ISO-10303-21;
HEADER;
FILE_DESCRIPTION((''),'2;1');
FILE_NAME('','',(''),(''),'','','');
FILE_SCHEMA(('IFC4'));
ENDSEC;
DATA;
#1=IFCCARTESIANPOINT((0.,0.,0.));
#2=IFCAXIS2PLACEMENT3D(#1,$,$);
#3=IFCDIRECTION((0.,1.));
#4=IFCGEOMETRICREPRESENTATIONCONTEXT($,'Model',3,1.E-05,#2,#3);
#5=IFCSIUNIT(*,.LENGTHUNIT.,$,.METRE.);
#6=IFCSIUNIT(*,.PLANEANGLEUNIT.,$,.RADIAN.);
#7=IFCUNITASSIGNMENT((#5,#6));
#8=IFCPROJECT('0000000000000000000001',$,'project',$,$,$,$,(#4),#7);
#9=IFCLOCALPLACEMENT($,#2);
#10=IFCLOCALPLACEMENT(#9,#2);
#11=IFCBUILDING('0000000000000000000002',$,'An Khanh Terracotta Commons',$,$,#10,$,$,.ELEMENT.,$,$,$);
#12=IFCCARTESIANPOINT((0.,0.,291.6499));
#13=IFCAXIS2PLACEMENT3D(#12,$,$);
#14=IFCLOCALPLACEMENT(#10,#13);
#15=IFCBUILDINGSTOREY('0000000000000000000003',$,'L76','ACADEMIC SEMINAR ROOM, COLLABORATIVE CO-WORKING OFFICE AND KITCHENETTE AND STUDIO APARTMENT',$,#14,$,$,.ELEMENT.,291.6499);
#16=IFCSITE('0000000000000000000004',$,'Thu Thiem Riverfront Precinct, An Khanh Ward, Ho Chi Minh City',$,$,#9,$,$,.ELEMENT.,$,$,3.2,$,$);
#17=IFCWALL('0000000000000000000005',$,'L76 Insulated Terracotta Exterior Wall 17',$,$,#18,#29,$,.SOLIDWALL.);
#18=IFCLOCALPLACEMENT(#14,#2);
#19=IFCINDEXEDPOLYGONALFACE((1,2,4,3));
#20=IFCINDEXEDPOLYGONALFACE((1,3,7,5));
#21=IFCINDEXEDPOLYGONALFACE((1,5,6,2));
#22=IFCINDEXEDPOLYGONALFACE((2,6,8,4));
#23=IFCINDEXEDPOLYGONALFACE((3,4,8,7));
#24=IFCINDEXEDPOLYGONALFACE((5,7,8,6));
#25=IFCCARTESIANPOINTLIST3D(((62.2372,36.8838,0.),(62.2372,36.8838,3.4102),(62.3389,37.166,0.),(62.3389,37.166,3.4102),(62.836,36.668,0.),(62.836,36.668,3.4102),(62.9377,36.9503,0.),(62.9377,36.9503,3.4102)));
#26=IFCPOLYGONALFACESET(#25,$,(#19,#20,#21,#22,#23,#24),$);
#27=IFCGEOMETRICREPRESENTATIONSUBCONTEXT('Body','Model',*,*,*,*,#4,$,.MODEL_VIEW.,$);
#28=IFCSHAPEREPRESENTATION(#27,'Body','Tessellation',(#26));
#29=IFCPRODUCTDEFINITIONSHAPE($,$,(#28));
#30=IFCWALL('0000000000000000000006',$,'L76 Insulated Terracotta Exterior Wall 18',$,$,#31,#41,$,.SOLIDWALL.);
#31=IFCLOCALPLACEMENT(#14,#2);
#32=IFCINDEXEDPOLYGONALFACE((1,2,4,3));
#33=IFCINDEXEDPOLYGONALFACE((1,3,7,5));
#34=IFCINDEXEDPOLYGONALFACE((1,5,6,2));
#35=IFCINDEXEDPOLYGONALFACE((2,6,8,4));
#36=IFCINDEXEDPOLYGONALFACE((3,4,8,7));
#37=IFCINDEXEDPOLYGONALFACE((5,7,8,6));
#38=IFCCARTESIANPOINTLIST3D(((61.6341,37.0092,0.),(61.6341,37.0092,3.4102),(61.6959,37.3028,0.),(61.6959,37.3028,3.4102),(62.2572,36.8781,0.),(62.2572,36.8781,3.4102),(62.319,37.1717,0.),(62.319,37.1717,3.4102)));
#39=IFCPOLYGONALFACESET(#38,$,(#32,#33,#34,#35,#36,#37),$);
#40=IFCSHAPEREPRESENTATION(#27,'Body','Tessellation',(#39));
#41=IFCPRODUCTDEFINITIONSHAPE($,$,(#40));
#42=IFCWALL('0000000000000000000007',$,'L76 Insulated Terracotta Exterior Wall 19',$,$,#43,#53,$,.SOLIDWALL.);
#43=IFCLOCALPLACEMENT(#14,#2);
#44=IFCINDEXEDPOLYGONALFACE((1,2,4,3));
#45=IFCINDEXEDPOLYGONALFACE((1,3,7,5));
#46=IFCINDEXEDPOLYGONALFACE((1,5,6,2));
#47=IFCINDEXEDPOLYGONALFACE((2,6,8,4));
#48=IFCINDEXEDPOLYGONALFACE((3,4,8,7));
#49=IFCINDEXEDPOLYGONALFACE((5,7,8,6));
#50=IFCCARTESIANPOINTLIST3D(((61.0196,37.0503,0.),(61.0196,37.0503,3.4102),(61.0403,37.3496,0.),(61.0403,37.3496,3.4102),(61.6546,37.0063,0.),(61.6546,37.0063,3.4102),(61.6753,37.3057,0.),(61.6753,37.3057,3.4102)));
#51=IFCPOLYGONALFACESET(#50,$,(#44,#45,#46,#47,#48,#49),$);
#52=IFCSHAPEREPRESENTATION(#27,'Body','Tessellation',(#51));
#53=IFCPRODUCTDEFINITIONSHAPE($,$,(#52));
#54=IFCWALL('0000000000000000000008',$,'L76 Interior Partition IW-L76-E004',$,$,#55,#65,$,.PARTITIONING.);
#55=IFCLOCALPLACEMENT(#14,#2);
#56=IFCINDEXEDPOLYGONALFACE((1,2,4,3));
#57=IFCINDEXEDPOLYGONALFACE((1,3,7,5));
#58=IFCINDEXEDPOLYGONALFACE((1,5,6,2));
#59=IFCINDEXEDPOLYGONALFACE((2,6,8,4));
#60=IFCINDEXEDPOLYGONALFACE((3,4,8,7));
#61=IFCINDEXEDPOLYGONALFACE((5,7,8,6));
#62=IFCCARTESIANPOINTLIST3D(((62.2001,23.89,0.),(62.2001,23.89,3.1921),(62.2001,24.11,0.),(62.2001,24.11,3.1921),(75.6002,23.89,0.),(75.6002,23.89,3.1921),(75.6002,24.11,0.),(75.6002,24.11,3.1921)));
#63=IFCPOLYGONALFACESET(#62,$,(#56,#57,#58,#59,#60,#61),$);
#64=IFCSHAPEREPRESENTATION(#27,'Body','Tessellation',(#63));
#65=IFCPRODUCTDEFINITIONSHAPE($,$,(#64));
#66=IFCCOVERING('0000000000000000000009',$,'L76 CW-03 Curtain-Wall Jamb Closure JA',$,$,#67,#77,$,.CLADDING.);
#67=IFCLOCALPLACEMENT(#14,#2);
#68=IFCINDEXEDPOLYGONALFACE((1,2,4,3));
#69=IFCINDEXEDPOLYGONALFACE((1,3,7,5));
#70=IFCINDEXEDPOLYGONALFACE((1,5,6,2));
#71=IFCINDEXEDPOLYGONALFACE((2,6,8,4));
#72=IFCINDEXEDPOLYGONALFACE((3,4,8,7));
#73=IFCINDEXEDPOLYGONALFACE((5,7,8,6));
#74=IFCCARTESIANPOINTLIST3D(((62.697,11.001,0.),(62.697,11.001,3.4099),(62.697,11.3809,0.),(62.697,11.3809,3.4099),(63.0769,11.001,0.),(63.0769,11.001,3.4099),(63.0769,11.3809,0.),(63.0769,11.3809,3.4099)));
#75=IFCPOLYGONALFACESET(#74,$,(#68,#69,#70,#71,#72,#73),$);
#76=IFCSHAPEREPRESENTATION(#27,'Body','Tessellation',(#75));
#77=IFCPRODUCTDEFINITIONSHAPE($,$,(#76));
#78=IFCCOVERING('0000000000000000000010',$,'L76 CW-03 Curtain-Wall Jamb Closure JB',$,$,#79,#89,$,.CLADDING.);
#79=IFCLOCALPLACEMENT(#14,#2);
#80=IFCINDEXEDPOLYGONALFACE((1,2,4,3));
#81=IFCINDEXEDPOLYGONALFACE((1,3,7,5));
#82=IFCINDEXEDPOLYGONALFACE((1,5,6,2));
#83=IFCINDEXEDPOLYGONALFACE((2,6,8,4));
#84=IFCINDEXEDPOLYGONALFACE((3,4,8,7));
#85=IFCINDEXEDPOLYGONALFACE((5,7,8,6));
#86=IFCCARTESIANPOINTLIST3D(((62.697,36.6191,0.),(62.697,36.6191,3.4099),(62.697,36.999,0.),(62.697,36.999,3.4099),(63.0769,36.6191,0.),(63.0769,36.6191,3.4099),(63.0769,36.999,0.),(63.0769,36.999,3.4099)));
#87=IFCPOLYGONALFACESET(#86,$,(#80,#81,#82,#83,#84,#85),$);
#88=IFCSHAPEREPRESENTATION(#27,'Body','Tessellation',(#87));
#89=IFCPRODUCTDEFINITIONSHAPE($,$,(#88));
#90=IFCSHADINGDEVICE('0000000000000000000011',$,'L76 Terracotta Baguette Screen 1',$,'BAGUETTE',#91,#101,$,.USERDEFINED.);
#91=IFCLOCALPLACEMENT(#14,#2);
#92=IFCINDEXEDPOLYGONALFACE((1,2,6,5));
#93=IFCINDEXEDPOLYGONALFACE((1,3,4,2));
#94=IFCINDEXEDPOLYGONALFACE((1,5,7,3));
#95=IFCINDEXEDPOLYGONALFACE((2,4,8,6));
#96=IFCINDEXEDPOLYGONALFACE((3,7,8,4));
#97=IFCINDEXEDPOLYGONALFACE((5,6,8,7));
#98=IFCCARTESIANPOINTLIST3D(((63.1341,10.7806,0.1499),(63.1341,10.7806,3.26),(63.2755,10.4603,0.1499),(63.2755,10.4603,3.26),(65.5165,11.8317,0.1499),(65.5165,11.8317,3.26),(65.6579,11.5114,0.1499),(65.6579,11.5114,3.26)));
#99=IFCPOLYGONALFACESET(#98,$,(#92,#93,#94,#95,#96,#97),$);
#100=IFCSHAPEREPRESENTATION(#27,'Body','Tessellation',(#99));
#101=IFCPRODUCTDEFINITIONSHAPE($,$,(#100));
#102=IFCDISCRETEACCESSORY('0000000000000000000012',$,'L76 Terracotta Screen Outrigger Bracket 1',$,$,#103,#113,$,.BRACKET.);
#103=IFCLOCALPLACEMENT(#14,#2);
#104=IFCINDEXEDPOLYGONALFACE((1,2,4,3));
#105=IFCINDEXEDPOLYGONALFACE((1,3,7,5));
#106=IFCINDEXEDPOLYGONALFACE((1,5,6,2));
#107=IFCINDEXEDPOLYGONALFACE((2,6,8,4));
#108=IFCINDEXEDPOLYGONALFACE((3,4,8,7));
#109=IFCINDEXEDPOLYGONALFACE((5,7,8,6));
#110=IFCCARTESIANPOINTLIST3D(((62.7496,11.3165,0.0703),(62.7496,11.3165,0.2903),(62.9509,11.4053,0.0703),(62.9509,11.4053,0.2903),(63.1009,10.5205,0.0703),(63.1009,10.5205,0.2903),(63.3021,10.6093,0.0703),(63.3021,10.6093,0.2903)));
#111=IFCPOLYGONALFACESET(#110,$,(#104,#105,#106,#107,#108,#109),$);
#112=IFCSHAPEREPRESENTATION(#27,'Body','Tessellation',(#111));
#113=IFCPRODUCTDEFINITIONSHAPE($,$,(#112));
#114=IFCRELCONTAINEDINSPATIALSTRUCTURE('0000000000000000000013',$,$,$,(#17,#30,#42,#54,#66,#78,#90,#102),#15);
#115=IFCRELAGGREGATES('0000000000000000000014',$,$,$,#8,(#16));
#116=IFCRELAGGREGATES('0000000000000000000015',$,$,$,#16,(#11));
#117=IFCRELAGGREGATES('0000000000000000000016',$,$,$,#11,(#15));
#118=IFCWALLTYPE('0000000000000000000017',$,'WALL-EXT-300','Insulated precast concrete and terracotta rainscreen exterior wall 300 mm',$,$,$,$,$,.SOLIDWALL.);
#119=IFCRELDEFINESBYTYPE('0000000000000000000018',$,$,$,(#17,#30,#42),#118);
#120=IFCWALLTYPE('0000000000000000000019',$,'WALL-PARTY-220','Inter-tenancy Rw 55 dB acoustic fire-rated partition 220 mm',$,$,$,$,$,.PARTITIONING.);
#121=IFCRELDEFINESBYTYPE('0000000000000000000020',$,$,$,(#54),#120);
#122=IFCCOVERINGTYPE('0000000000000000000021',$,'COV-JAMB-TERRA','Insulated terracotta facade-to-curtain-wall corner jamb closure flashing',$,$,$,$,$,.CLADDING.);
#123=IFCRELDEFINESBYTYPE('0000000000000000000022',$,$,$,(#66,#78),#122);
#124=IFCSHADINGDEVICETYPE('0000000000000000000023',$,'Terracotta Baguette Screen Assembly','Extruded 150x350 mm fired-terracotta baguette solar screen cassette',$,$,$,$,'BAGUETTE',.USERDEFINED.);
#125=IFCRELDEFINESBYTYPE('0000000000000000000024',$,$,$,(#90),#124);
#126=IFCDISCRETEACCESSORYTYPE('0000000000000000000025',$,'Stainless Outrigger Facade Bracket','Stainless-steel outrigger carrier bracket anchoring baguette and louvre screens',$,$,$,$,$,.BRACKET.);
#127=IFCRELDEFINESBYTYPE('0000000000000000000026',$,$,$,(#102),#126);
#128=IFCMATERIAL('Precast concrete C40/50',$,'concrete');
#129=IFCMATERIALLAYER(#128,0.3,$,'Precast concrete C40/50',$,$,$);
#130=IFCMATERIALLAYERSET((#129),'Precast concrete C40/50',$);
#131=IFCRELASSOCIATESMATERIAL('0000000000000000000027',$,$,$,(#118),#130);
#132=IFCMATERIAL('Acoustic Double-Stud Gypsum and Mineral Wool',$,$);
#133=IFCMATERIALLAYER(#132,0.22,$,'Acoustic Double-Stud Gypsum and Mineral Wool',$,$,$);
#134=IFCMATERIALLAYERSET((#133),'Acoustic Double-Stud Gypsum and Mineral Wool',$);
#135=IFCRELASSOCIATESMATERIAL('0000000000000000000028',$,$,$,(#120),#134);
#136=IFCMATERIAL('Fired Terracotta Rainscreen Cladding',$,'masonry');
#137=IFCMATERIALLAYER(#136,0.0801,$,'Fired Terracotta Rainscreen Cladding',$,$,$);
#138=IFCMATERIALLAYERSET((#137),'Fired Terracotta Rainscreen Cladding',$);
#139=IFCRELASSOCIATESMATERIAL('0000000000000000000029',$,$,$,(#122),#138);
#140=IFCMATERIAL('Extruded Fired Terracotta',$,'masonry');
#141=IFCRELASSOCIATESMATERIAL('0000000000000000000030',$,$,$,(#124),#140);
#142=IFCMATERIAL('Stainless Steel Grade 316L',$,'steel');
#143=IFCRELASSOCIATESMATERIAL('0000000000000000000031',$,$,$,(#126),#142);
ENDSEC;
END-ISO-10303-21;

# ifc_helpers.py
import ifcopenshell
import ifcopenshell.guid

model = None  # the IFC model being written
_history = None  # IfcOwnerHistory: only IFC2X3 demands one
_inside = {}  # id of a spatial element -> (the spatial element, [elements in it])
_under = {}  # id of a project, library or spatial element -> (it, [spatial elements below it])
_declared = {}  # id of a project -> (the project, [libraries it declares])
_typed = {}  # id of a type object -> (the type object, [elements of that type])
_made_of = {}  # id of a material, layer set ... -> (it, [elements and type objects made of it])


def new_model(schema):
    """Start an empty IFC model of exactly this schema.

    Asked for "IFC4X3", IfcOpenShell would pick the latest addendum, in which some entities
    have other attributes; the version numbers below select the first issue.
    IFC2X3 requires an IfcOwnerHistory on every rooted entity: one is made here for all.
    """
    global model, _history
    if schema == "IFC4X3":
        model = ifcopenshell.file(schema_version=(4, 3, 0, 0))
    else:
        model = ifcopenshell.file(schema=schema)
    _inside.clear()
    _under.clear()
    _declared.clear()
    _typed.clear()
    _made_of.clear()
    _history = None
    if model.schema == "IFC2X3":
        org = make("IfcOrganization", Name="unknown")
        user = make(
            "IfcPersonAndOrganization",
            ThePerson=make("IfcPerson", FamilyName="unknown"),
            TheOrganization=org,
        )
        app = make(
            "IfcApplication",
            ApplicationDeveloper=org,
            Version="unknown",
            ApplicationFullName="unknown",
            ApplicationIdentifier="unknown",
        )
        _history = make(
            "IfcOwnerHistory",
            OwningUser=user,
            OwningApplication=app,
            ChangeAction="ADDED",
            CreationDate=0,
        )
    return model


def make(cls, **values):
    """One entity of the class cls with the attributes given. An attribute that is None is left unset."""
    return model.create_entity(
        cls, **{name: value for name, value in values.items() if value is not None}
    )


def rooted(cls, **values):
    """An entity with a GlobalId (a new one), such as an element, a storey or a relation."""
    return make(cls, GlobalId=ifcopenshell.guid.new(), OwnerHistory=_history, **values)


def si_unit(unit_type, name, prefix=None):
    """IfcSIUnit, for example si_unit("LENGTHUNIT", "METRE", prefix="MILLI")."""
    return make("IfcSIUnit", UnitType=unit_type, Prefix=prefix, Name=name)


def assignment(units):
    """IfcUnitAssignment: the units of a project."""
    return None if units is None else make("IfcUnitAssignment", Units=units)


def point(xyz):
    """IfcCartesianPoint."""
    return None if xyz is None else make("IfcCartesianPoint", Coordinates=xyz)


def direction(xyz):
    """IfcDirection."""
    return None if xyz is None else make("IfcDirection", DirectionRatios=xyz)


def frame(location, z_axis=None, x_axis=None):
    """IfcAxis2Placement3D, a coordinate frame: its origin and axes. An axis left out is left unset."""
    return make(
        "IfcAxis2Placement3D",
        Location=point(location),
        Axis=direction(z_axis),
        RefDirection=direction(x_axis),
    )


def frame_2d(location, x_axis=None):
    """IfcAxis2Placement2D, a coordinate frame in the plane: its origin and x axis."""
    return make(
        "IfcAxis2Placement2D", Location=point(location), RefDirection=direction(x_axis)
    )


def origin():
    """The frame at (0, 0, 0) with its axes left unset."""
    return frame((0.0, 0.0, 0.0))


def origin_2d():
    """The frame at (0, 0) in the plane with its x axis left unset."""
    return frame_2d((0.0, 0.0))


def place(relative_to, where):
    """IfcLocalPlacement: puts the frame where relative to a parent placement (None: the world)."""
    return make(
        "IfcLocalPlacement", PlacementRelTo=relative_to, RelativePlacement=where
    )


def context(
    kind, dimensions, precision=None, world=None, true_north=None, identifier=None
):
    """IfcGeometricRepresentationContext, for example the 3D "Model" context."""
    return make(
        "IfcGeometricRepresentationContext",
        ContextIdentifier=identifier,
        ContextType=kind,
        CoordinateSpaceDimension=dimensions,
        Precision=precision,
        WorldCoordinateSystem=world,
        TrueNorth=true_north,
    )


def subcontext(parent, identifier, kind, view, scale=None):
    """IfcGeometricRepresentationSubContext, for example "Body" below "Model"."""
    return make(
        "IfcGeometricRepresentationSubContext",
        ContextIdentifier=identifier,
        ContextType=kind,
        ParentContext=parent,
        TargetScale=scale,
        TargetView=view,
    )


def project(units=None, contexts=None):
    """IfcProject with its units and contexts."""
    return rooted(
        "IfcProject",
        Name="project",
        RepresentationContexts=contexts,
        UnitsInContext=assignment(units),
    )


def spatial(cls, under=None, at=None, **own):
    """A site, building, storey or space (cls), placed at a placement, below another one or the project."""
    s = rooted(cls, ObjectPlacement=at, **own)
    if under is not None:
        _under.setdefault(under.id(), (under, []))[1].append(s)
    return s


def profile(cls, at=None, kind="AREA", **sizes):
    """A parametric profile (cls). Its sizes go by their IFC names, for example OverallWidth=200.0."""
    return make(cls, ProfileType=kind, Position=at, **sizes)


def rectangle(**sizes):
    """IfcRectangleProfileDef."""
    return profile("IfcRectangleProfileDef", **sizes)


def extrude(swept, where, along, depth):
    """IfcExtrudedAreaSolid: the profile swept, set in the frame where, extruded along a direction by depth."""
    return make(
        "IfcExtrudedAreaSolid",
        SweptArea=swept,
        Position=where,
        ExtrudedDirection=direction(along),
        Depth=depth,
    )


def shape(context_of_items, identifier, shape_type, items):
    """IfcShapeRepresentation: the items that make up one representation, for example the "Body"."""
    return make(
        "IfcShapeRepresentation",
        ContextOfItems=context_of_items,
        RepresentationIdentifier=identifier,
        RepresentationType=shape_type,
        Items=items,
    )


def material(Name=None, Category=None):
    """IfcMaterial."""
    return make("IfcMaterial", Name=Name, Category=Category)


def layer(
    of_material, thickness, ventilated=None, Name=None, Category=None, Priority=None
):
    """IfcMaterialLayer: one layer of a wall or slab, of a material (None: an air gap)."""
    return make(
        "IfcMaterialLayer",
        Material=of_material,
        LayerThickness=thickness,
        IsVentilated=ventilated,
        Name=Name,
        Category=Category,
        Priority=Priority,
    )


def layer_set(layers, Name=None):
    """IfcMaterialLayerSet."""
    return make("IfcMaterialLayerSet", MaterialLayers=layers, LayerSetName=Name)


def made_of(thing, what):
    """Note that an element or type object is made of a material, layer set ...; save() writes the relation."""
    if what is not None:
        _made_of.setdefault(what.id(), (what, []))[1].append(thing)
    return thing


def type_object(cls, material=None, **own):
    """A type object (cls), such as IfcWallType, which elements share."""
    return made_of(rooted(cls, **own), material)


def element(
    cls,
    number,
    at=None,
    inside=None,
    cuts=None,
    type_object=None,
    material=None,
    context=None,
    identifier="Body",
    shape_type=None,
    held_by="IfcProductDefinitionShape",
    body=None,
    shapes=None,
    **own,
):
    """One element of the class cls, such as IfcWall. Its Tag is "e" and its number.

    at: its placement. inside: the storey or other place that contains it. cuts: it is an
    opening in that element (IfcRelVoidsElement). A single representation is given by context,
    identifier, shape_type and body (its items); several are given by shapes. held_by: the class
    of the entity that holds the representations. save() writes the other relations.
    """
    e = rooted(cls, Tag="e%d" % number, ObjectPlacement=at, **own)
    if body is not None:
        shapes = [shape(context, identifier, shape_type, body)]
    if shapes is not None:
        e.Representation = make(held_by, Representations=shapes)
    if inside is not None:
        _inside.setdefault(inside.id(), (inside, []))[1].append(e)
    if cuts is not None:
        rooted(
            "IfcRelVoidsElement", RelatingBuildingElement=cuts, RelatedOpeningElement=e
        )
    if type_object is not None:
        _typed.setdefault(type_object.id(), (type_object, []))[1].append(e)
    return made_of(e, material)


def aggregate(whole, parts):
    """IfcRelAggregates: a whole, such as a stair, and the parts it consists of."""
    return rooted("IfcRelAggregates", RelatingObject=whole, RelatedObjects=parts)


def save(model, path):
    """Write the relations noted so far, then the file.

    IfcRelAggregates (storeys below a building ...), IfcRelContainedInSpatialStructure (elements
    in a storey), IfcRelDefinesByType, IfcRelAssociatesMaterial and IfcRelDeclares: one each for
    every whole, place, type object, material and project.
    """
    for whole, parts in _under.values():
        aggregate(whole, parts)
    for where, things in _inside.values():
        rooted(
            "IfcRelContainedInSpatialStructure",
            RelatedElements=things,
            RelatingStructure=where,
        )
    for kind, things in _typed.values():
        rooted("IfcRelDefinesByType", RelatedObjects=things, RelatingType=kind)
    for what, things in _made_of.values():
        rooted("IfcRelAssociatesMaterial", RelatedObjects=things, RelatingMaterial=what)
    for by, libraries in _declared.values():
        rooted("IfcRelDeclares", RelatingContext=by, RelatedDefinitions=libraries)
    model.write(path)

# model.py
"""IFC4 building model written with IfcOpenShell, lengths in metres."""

from ifc_helpers import new_model, si_unit, direction, frame, frame_2d, origin, origin_2d, place, context, subcontext, project, spatial, rectangle, extrude, material, layer, layer_set, type_object, element, save


model = new_model("IFC4")

# Units and contexts
model_context = context("Model", 3, precision=1e-05, world=origin(), true_north=direction((0.0, 1.0)))
body_context = subcontext(model_context, "Body", "Model", "MODEL_VIEW")
ifc_project = project(units=[si_unit("LENGTHUNIT", "METRE"), si_unit("PLANEANGLEUNIT", "RADIAN")], contexts=[model_context])

# Site, building, storey
site_placement = place(None, origin())
site = spatial("IfcSite", under=ifc_project, at=site_placement, Name="Thu Thiem Riverfront Precinct, An Khanh Ward, Ho Chi Minh City", CompositionType="ELEMENT", RefElevation=3.2)
building_placement = place(site_placement, origin())
building = spatial("IfcBuilding", under=site, at=building_placement, Name="An Khanh Terracotta Commons", CompositionType="ELEMENT")
storey_placement = place(building_placement, frame((0.0, 0.0, 291.6499)))
storey = spatial("IfcBuildingStorey", under=building, at=storey_placement, Name="L76", Description="ACADEMIC SEMINAR ROOM, COLLABORATIVE CO-WORKING OFFICE AND KITCHENETTE AND STUDIO APARTMENT", CompositionType="ELEMENT", Elevation=291.6499)

# Walls
ifc_material_1 = material(Name="Precast concrete C40/50", Category="concrete")
ifc_layer_1 = layer(ifc_material_1, 0.3, Name="Precast concrete C40/50")
ifc_layer_set_1 = layer_set([ifc_layer_1], Name="Precast concrete C40/50")
wall_type_1 = type_object("IfcWallType", Name="WALL-EXT-300", Description="Insulated precast concrete and terracotta rainscreen exterior wall 300 mm", PredefinedType="SOLIDWALL", material=ifc_layer_set_1)
for number, where, z_axis, x_axis, name in (
    (1, (62.887, 36.8091, 0.0), (0.0, 0.0, 1.0), (-0.940775, 0.339032, 0.0), "L76 Insulated Terracotta Exterior Wall 17"),
):
    element("IfcWall", number, at=place(storey_placement, frame(where, z_axis=z_axis, x_axis=x_axis)), inside=storey, type_object=wall_type_1, Name=name, PredefinedType="SOLIDWALL", context=body_context, shape_type="SweptSolid", body=[
        extrude(rectangle(XDim=0.6365, YDim=0.3, at=frame_2d((0.3184, 0.0))), origin(), (0.0, 0.0, 1.0), 3.4102),
    ])
wall_1_placement = place(storey_placement, frame((62.2881, 37.0249, 0.0), z_axis=(0.0, 0.0, 1.0), x_axis=(-0.97857, 0.205914, 0.0)))
element("IfcWall", 2, at=wall_1_placement, inside=storey, type_object=wall_type_1, Name="L76 Insulated Terracotta Exterior Wall 18", PredefinedType="SOLIDWALL", context=body_context, shape_type="SweptSolid", body=[
    extrude(rectangle(XDim=0.6367, YDim=0.3, at=frame_2d((0.3184, 0.0))), origin(), (0.0, 0.0, 1.0), 3.4102),
])
wall_2_placement = place(storey_placement, frame((61.665, 37.156, 0.0), z_axis=(0.0, 0.0, 1.0), x_axis=(-0.997614, 0.069039, 0.0)))
element("IfcWall", 3, at=wall_2_placement, inside=storey, type_object=wall_type_1, Name="L76 Insulated Terracotta Exterior Wall 19", PredefinedType="SOLIDWALL", context=body_context, shape_type="SweptSolid", body=[
    extrude(rectangle(XDim=0.6365, YDim=0.3, at=frame_2d((0.3184, 0.0))), origin(), (0.0, 0.0, 1.0), 3.4102),
])
ifc_material_2 = material(Name="Acoustic Double-Stud Gypsum and Mineral Wool")
ifc_layer_2 = layer(ifc_material_2, 0.22, Name="Acoustic Double-Stud Gypsum and Mineral Wool")
ifc_layer_set_2 = layer_set([ifc_layer_2], Name="Acoustic Double-Stud Gypsum and Mineral Wool")
wall_type_2 = type_object("IfcWallType", Name="WALL-PARTY-220", Description="Inter-tenancy Rw 55 dB acoustic fire-rated partition 220 mm", PredefinedType="PARTITIONING", material=ifc_layer_set_2)
wall_3_placement = place(storey_placement, frame((62.2, 24.0, 0.0), z_axis=(0.0, 0.0, 1.0), x_axis=(1.0, 0.0, 0.0)))
element("IfcWall", 4, at=wall_3_placement, inside=storey, type_object=wall_type_2, Name="L76 Interior Partition IW-L76-E004", PredefinedType="PARTITIONING", context=body_context, shape_type="SweptSolid", body=[
    extrude(rectangle(XDim=13.4001, YDim=0.22, at=frame_2d((6.7002, 0.0))), origin(), (0.0, 0.0, 1.0), 3.1921),
])

# Coverings
ifc_material_3 = material(Name="Fired Terracotta Rainscreen Cladding", Category="masonry")
ifc_layer_3 = layer(ifc_material_3, 0.0801, Name="Fired Terracotta Rainscreen Cladding")
ifc_layer_set_3 = layer_set([ifc_layer_3], Name="Fired Terracotta Rainscreen Cladding")
covering_type = type_object("IfcCoveringType", Name="COV-JAMB-TERRA", Description="Insulated terracotta facade-to-curtain-wall corner jamb closure flashing", PredefinedType="CLADDING", material=ifc_layer_set_3)
for number, where, z_axis, x_axis, name in (
    (5, (62.887, 11.1909, 0.0), (0.0, 0.0, 1.0), (1.0, 0.0, 0.0), "L76 CW-03 Curtain-Wall Jamb Closure JA"),
    (6, (62.887, 36.8091, 0.0), (0.0, 0.0, 1.0), (1.0, 0.0, 0.0), "L76 CW-03 Curtain-Wall Jamb Closure JB"),
):
    element("IfcCovering", number, at=place(storey_placement, frame(where, z_axis=z_axis, x_axis=x_axis)), inside=storey, type_object=covering_type, Name=name, PredefinedType="CLADDING", context=body_context, shape_type="SweptSolid", body=[
        extrude(rectangle(XDim=0.3799, YDim=0.3799, at=origin_2d()), origin(), (0.0, 0.0, 1.0), 3.4099),
    ])

# Shading device
ifc_material_4 = material(Name="Extruded Fired Terracotta", Category="masonry")
shading_device_type = type_object("IfcShadingDeviceType", Name="Terracotta Baguette Screen Assembly", Description="Extruded 150x350 mm fired-terracotta baguette solar screen cassette", ElementType="BAGUETTE", PredefinedType="USERDEFINED", material=ifc_material_4)
shading_device_placement = place(storey_placement, frame((64.396, 11.146, 0.1499), z_axis=(0.0, 0.0, 1.0), x_axis=(0.914902, 0.403676, 0.0)))
element("IfcShadingDevice", 7, at=shading_device_placement, inside=storey, type_object=shading_device_type, Name="L76 Terracotta Baguette Screen 1", ObjectType="BAGUETTE", PredefinedType="USERDEFINED", context=body_context, shape_type="SweptSolid", body=[
    extrude(rectangle(XDim=2.604, YDim=0.3501, at=origin_2d()), origin(), (0.0, 0.0, 1.0), 3.1101),
])

# Discrete accessory
ifc_material_5 = material(Name="Stainless Steel Grade 316L", Category="steel")
discrete_accessory_type = type_object("IfcDiscreteAccessoryType", Name="Stainless Outrigger Facade Bracket", Description="Stainless-steel outrigger carrier bracket anchoring baguette and louvre screens", PredefinedType="BRACKET", material=ifc_material_5)
discrete_accessory_placement = place(storey_placement, frame((63.0259, 10.9629, 0.0703), z_axis=(0.0, 0.0, 1.0), x_axis=(0.914902, 0.403676, 0.0)))
element("IfcDiscreteAccessory", 8, at=discrete_accessory_placement, inside=storey, type_object=discrete_accessory_type, Name="L76 Terracotta Screen Outrigger Bracket 1", PredefinedType="BRACKET", context=body_context, shape_type="SweptSolid", body=[
    extrude(rectangle(XDim=0.22, YDim=0.8701, at=origin_2d()), origin(), (0.0, 0.0, 1.0), 0.22),
])

save(model, "model.ifc")
